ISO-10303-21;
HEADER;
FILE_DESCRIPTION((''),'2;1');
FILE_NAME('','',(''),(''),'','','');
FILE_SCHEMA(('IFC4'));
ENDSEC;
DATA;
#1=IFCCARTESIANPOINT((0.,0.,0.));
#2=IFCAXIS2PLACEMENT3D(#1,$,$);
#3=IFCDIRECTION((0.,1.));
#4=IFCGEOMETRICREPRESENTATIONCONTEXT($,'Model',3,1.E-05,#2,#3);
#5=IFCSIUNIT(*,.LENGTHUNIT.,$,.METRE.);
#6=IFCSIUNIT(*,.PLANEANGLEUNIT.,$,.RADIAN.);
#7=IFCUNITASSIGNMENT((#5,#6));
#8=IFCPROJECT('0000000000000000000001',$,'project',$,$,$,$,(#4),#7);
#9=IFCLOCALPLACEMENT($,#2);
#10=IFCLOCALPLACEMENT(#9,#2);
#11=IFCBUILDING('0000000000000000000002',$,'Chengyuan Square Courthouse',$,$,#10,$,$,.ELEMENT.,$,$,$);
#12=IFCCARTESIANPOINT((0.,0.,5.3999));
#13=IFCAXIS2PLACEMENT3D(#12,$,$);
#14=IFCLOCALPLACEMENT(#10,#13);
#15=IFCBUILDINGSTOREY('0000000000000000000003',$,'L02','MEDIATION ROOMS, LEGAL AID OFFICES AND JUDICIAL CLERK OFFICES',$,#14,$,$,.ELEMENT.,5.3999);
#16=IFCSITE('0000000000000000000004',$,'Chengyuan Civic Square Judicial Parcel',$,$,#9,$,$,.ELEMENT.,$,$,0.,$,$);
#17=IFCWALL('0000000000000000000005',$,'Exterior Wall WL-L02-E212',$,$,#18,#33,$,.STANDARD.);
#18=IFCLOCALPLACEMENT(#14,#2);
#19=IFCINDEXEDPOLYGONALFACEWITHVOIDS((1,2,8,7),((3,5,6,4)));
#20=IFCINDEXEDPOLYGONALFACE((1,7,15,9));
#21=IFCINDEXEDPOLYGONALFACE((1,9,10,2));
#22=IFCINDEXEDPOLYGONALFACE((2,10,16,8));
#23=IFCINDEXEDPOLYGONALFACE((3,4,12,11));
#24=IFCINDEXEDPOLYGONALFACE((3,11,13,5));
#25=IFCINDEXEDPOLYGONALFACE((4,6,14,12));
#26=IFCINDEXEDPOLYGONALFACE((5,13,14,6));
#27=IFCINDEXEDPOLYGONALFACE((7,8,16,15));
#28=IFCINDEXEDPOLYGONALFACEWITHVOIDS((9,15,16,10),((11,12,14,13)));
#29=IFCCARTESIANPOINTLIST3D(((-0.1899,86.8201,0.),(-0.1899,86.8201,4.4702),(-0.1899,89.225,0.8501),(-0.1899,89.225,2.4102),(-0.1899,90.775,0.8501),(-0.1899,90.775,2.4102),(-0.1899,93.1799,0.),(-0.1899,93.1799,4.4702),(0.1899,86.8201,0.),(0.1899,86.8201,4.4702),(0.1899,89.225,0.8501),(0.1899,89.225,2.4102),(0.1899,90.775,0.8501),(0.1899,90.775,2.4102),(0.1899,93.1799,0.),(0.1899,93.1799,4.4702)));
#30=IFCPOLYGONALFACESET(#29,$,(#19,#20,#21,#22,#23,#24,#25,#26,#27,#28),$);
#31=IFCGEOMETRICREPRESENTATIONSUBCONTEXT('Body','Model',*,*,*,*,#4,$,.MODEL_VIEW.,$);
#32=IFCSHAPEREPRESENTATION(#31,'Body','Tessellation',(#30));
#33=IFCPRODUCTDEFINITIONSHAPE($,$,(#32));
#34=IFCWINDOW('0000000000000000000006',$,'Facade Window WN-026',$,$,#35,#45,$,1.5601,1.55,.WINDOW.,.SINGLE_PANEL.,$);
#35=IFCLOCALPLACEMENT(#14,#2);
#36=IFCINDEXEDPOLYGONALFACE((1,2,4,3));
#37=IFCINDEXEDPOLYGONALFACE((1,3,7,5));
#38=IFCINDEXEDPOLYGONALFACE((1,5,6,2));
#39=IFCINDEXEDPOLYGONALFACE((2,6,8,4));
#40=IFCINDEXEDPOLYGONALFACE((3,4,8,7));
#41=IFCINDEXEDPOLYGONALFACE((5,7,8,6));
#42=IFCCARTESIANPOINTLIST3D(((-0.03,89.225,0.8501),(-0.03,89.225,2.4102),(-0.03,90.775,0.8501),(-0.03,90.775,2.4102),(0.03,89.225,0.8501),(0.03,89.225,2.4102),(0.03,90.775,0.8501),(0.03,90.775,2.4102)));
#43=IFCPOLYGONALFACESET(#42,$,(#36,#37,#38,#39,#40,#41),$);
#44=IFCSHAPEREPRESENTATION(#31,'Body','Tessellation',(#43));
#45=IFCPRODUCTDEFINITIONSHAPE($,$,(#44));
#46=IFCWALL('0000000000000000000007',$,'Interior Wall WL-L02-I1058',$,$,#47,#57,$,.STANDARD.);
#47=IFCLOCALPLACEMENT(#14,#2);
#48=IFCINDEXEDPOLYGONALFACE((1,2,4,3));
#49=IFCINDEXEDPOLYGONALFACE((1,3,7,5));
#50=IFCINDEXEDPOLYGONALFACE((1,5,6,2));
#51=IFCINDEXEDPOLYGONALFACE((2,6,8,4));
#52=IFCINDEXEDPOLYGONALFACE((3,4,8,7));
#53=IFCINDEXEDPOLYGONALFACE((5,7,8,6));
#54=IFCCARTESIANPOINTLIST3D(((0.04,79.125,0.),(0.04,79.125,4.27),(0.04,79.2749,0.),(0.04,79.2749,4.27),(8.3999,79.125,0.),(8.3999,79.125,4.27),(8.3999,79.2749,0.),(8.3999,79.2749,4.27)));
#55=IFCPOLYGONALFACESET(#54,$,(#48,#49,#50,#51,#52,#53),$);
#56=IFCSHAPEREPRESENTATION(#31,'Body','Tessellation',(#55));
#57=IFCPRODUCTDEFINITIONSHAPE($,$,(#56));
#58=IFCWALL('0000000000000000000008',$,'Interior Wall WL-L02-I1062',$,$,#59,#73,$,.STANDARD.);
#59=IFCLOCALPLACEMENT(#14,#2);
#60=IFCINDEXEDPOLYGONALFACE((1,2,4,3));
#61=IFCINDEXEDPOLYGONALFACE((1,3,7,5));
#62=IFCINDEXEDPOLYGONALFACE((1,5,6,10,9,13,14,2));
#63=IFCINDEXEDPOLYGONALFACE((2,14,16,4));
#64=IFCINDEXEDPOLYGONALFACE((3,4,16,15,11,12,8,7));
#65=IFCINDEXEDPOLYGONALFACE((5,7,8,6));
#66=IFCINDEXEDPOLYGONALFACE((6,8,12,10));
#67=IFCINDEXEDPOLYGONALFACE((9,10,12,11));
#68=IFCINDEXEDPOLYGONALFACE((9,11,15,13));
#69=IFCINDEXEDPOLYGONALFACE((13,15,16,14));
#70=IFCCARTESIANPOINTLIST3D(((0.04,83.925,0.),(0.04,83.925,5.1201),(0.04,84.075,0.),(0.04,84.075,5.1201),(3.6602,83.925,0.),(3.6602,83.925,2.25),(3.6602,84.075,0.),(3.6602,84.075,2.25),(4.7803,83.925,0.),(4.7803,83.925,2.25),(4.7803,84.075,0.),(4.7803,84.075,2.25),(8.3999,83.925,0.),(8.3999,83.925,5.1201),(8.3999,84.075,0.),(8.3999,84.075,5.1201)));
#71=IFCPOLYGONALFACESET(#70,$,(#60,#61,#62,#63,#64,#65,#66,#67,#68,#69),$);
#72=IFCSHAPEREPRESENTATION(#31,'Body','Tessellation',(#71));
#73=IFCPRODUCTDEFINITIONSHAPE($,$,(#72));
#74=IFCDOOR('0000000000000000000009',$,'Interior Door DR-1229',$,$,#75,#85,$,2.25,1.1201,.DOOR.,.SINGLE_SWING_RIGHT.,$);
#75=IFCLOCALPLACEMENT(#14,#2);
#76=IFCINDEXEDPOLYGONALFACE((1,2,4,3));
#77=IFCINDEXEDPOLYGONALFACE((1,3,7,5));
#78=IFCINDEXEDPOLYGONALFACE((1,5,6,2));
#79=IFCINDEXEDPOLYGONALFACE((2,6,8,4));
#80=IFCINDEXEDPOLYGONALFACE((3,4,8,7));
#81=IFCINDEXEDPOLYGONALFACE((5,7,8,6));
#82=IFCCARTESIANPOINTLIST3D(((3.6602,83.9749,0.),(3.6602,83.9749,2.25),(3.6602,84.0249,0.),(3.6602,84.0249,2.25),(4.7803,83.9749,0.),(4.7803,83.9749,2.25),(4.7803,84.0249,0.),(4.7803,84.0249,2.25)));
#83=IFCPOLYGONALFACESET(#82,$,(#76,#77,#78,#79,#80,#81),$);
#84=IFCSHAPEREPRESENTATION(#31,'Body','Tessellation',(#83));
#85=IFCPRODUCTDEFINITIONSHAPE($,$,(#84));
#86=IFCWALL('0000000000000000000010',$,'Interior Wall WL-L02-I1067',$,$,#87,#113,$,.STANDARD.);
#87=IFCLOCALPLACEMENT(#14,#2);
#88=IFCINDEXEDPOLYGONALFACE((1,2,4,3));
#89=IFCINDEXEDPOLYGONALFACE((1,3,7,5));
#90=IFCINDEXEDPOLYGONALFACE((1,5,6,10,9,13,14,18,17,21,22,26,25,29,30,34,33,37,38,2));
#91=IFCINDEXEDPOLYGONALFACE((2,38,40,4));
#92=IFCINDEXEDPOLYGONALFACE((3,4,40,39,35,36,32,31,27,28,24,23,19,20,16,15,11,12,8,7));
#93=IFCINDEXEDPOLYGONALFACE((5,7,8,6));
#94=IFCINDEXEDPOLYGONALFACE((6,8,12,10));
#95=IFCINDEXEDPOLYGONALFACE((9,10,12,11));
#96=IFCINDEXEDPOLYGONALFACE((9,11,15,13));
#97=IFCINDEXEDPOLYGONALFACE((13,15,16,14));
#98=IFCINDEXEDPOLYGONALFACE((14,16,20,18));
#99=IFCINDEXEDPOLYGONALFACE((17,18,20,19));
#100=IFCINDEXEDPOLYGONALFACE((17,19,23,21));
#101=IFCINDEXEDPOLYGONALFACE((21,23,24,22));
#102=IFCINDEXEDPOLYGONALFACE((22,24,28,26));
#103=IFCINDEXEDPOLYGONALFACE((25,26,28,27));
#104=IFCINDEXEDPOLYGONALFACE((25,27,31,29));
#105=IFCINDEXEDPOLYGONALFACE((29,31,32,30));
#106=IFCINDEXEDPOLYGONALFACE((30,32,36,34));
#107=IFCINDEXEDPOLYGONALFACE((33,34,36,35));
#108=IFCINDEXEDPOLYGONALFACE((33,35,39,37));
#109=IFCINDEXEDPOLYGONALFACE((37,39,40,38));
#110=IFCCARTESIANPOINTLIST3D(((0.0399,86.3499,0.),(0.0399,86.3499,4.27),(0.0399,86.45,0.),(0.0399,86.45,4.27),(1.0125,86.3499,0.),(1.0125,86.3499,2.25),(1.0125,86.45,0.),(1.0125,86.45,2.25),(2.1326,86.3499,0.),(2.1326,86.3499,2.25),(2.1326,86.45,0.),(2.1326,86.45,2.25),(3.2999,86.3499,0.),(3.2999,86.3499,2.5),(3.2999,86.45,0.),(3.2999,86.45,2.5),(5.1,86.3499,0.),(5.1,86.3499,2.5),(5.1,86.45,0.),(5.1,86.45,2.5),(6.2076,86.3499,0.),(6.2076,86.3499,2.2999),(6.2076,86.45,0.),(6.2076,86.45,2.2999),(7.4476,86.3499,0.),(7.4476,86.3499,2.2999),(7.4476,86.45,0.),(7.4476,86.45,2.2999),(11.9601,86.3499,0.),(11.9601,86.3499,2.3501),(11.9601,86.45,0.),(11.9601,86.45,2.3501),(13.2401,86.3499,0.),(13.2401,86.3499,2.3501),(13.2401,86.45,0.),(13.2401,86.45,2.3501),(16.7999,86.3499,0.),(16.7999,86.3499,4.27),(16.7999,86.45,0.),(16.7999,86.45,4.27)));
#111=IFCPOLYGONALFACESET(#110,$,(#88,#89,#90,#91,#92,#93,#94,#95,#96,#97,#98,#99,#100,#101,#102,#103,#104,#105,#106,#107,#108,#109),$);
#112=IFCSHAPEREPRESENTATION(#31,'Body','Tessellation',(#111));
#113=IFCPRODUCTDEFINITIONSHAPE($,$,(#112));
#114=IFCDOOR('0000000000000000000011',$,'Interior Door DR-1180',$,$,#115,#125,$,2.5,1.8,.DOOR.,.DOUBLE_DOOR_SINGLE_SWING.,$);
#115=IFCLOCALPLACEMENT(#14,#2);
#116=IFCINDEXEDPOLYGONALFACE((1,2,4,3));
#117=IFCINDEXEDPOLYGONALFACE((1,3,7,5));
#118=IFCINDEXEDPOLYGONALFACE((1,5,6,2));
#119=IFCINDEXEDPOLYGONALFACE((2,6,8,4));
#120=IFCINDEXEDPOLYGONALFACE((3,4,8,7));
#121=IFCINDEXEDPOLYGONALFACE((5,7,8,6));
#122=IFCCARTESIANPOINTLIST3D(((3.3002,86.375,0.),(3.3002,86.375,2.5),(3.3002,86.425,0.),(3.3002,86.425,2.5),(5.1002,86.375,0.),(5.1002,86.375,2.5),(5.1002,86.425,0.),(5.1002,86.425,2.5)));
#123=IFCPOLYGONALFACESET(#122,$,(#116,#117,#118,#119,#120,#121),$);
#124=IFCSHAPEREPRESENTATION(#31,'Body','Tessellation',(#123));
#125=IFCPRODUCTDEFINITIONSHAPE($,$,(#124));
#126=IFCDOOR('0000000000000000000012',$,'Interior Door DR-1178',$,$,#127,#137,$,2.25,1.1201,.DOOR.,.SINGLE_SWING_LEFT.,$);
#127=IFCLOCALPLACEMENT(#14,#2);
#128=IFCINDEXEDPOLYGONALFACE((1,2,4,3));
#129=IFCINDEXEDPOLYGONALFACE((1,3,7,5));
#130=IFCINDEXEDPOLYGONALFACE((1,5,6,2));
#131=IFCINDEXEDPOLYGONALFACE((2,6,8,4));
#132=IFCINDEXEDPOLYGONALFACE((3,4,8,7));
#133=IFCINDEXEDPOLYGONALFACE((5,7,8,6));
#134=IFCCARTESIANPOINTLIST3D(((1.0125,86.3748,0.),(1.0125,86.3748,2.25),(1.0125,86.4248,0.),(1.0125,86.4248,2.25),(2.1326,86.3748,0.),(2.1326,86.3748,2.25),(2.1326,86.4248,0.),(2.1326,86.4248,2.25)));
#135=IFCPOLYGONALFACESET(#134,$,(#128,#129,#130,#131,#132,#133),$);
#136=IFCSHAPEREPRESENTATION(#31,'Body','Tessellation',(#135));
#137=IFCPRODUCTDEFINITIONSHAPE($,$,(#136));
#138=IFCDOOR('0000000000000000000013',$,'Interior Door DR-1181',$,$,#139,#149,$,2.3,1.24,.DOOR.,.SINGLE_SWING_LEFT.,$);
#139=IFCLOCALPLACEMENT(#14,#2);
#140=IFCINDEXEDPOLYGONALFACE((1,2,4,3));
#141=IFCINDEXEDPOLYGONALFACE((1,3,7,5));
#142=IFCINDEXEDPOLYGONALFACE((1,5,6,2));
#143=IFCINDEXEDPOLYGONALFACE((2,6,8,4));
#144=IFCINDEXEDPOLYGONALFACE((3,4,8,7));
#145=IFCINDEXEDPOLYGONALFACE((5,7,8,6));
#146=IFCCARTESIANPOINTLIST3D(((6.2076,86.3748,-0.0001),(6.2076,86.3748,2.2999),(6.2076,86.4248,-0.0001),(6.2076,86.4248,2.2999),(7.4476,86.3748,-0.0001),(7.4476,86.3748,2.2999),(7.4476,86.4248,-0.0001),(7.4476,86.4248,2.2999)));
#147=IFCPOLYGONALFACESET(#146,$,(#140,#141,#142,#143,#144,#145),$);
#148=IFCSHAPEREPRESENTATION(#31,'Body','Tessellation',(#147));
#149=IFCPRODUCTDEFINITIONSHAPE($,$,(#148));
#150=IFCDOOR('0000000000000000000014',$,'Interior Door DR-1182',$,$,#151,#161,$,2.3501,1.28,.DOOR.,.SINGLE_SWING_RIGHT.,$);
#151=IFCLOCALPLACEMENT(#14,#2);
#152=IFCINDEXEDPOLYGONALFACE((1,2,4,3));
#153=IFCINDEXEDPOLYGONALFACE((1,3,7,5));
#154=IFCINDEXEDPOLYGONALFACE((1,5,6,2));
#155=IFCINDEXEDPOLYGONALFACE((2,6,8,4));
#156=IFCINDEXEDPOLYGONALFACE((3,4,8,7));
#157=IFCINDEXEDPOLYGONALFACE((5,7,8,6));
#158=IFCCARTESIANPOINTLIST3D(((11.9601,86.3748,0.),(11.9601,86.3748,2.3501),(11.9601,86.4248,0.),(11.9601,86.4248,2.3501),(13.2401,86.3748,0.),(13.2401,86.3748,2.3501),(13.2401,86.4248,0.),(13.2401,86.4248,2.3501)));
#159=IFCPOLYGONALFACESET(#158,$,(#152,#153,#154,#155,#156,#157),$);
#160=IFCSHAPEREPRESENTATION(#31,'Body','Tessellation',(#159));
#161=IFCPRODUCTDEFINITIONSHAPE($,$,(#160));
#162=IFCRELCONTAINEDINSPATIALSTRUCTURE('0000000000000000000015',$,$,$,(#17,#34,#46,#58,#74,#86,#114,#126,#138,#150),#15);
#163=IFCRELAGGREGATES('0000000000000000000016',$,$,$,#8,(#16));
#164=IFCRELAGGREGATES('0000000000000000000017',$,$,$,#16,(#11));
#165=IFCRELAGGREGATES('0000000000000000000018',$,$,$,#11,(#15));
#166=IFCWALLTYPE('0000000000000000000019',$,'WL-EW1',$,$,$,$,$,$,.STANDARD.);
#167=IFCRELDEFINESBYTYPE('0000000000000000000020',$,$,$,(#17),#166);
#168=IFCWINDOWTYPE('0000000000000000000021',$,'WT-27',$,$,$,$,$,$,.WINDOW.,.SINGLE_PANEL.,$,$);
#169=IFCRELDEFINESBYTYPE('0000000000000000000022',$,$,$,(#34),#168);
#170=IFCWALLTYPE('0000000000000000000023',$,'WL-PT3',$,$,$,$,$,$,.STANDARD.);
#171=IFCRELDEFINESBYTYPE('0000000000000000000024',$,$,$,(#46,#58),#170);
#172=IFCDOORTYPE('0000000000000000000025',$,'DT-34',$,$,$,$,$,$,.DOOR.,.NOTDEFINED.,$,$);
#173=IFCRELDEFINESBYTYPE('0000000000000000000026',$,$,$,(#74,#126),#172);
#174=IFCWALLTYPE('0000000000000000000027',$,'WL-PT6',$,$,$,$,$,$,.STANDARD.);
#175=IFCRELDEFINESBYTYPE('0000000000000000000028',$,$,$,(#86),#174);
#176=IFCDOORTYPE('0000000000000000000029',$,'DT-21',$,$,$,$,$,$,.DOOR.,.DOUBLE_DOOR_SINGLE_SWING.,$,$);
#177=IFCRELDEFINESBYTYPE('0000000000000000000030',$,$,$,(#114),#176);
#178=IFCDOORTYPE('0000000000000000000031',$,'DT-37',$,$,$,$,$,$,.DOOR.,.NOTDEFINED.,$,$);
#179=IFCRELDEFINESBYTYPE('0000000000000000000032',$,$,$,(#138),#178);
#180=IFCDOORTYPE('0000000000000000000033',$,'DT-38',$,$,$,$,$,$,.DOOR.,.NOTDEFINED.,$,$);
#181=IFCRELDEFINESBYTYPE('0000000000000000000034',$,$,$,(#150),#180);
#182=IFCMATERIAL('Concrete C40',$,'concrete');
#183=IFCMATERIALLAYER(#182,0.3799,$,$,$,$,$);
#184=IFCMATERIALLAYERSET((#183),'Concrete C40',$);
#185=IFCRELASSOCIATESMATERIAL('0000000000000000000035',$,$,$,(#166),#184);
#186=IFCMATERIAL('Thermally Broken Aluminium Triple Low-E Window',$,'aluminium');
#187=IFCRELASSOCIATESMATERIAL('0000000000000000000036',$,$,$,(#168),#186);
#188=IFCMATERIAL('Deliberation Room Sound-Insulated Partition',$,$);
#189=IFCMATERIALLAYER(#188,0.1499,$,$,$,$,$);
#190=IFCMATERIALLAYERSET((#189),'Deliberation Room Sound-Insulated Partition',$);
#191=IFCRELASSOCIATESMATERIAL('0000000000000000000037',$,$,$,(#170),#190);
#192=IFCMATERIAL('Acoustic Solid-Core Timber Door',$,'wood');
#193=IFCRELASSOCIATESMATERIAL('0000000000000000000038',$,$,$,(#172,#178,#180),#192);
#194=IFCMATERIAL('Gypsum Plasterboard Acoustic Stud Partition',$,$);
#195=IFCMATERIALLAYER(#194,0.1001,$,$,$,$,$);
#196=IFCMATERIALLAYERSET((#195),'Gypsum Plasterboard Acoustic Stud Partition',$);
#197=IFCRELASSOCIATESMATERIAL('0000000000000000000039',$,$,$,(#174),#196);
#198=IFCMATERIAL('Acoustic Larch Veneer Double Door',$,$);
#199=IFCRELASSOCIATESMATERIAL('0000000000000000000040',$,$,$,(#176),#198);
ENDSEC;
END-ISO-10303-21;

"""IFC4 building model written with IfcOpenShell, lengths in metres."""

from ifc_helpers import new_model, si_unit, direction, frame, frame_2d, origin, place, context, subcontext, project, spatial, rectangle, extrude, material, layer, layer_set, type_object, element, fill, save


model = new_model("IFC4")

# Units and contexts
model_context = context("Model", 3, precision=1e-05, world=origin(), true_north=direction((0.0, 1.0)))
body_context = subcontext(model_context, "Body", "Model", "MODEL_VIEW")
ifc_project = project(units=[si_unit("LENGTHUNIT", "METRE"), si_unit("PLANEANGLEUNIT", "RADIAN")], contexts=[model_context])

# Site, building, storey
site_placement = place(None, origin())
site = spatial("IfcSite", under=ifc_project, at=site_placement, Name="Chengyuan Civic Square Judicial Parcel", CompositionType="ELEMENT", RefElevation=0.0)
building_placement = place(site_placement, origin())
building = spatial("IfcBuilding", under=site, at=building_placement, Name="Chengyuan Square Courthouse", CompositionType="ELEMENT")
storey_placement = place(building_placement, frame((0.0, 0.0, 5.3999)))
storey = spatial("IfcBuildingStorey", under=building, at=storey_placement, Name="L02", Description="MEDIATION ROOMS, LEGAL AID OFFICES AND JUDICIAL CLERK OFFICES", CompositionType="ELEMENT", Elevation=5.3999)

# Shared definitions
ifc_material_1 = material(Name="Concrete C40", Category="concrete")

# Wall, opening, window
ifc_layer_1 = layer(ifc_material_1, 0.3799)
ifc_layer_set_1 = layer_set([ifc_layer_1], Name="Concrete C40")
wall_type_1 = type_object("IfcWallType", Name="WL-EW1", PredefinedType="STANDARD", material=ifc_layer_set_1)
ifc_material_2 = material(Name="Thermally Broken Aluminium Triple Low-E Window", Category="aluminium")
wall_1_placement = place(storey_placement, frame((0.0, 86.8201, 0.0), z_axis=(0.0, 0.0, 1.0), x_axis=(0.0, 1.0, 0.0)))
wall_1 = element("IfcWall", 1, at=wall_1_placement, inside=storey, type_object=wall_type_1, Name="Exterior Wall WL-L02-E212", PredefinedType="STANDARD", context=body_context, shape_type="SweptSolid", body=[
    extrude(rectangle(XDim=6.3599, YDim=0.3799, at=frame_2d((3.1799, 0.0))), origin(), (0.0, 0.0, 1.0), 4.4702),
])
opening_1_placement = place(wall_1_placement, frame((2.405, 0.0, 0.8501)))
opening_1 = element("IfcOpeningElement", 2, at=opening_1_placement, cuts=wall_1, PredefinedType="OPENING", context=body_context, shape_type="SweptSolid", body=[
    extrude(rectangle(XDim=1.55, YDim=1.5601, at=frame_2d((0.7749, 0.78))), frame((0.0, 0.2019, 0.0), z_axis=(0.0, -1.0, 0.0), x_axis=(1.0, 0.0, 0.0)), (0.0, 0.0, 1.0), 0.4038),
])
window_type_1 = type_object("IfcWindowType", Name="WT-27", PartitioningType="SINGLE_PANEL", PredefinedType="WINDOW", material=ifc_material_2)
window_1_placement = place(opening_1_placement, origin())
window_1 = element("IfcWindow", 3, at=window_1_placement, inside=storey, type_object=window_type_1, Name="Facade Window WN-026", OverallHeight=1.5601, OverallWidth=1.55, PartitioningType="SINGLE_PANEL", PredefinedType="WINDOW", context=body_context, shape_type="SweptSolid", body=[
    extrude(rectangle(XDim=1.55, YDim=1.5601, at=frame_2d((0.7749, 0.78))), frame((0.0, 0.03, 0.0), z_axis=(0.0, -1.0, 0.0), x_axis=(1.0, 0.0, 0.0)), (0.0, 0.0, 1.0), 0.0601),
])
fill(opening_1, window_1)

# Wall
ifc_material_3 = material(Name="Deliberation Room Sound-Insulated Partition")
ifc_layer_2 = layer(ifc_material_3, 0.1499)
ifc_layer_set_2 = layer_set([ifc_layer_2], Name="Deliberation Room Sound-Insulated Partition")
wall_type_2 = type_object("IfcWallType", Name="WL-PT3", PredefinedType="STANDARD", material=ifc_layer_set_2)
wall_2_placement = place(storey_placement, frame((0.04, 79.2, 0.0), z_axis=(0.0, 0.0, 1.0), x_axis=(1.0, 0.0, 0.0)))
element("IfcWall", 4, at=wall_2_placement, inside=storey, type_object=wall_type_2, Name="Interior Wall WL-L02-I1058", PredefinedType="STANDARD", context=body_context, shape_type="SweptSolid", body=[
    extrude(rectangle(XDim=8.3599, YDim=0.1499, at=frame_2d((4.1799, 0.0))), origin(), (0.0, 0.0, 1.0), 4.27),
])

# Wall, opening, door
wall_3_placement = place(storey_placement, frame((0.04, 84.0, 0.0), z_axis=(0.0, 0.0, 1.0), x_axis=(1.0, 0.0, 0.0)))
wall_3 = element("IfcWall", 5, at=wall_3_placement, inside=storey, type_object=wall_type_2, Name="Interior Wall WL-L02-I1062", PredefinedType="STANDARD", context=body_context, shape_type="SweptSolid", body=[
    extrude(rectangle(XDim=8.3599, YDim=0.1499, at=frame_2d((4.1799, 0.0))), origin(), (0.0, 0.0, 1.0), 5.1201),
])
opening_2_placement = place(wall_3_placement, frame((3.6201, 0.0, 0.0)))
opening_2 = element("IfcOpeningElement", 6, at=opening_2_placement, cuts=wall_3, PredefinedType="OPENING", context=body_context, shape_type="SweptSolid", body=[
    extrude(rectangle(XDim=1.1201, YDim=2.25, at=frame_2d((0.5601, 1.125))), frame((0.0, 0.0869, 0.0), z_axis=(0.0, -1.0, 0.0), x_axis=(1.0, 0.0, 0.0)), (0.0, 0.0, 1.0), 0.1738),
])
ifc_material_4 = material(Name="Acoustic Solid-Core Timber Door", Category="wood")
door_type_1 = type_object("IfcDoorType", Name="DT-34", OperationType="NOTDEFINED", PredefinedType="DOOR", material=ifc_material_4)
door_1_placement = place(opening_2_placement, origin())
door_1 = element("IfcDoor", 7, at=door_1_placement, inside=storey, type_object=door_type_1, Name="Interior Door DR-1229", OperationType="SINGLE_SWING_RIGHT", OverallHeight=2.25, OverallWidth=1.1201, PredefinedType="DOOR", context=body_context, shape_type="SweptSolid", body=[
    extrude(rectangle(XDim=1.1201, YDim=2.25, at=frame_2d((0.5601, 1.125))), frame((0.0, 0.0249, 0.0), z_axis=(0.0, -1.0, 0.0), x_axis=(1.0, 0.0, 0.0)), (0.0, 0.0, 1.0), 0.05),
])
fill(opening_2, door_1)

# Wall, openings, doors
ifc_material_5 = material(Name="Gypsum Plasterboard Acoustic Stud Partition")
ifc_layer_3 = layer(ifc_material_5, 0.1001)
ifc_layer_set_3 = layer_set([ifc_layer_3], Name="Gypsum Plasterboard Acoustic Stud Partition")
wall_type_3 = type_object("IfcWallType", Name="WL-PT6", PredefinedType="STANDARD", material=ifc_layer_set_3)
wall_4_placement = place(storey_placement, frame((0.04, 86.3999, 0.0), z_axis=(0.0, 0.0, 1.0), x_axis=(1.0, 0.0, 0.0)))
wall_4 = element("IfcWall", 8, at=wall_4_placement, inside=storey, type_object=wall_type_3, Name="Interior Wall WL-L02-I1067", PredefinedType="STANDARD", context=body_context, shape_type="SweptSolid", body=[
    extrude(rectangle(XDim=16.76, YDim=0.1001, at=frame_2d((8.3799, 0.0))), origin(), (0.0, 0.0, 1.0), 4.27),
])
opening_3_placement = place(wall_4_placement, frame((0.9724, 0.0, 0.0)))
opening_3 = element("IfcOpeningElement", 9, at=opening_3_placement, cuts=wall_4, PredefinedType="OPENING", context=body_context, shape_type="SweptSolid", body=[
    extrude(rectangle(XDim=1.1201, YDim=2.25, at=frame_2d((0.5601, 1.125))), frame((0.0, 0.062, 0.0), z_axis=(0.0, -1.0, 0.0), x_axis=(1.0, 0.0, 0.0)), (0.0, 0.0, 1.0), 0.124),
])
opening_4_placement = place(wall_4_placement, frame((3.26, 0.0, 0.0)))
opening_4 = element("IfcOpeningElement", 10, at=opening_4_placement, cuts=wall_4, PredefinedType="OPENING", context=body_context, shape_type="SweptSolid", body=[
    extrude(rectangle(XDim=1.8, YDim=2.5, at=frame_2d((0.8999, 1.25))), frame((0.0, 0.062, 0.0), z_axis=(0.0, -1.0, 0.0), x_axis=(1.0, 0.0, 0.0)), (0.0, 0.0, 1.0), 0.124),
])
opening_5_placement = place(wall_4_placement, frame((6.1675, 0.0, 0.0)))
opening_5 = element("IfcOpeningElement", 11, at=opening_5_placement, cuts=wall_4, PredefinedType="OPENING", context=body_context, shape_type="SweptSolid", body=[
    extrude(rectangle(XDim=1.24, YDim=2.3, at=frame_2d((0.6201, 1.1499))), frame((0.0, 0.062, 0.0), z_axis=(0.0, -1.0, 0.0), x_axis=(1.0, 0.0, 0.0)), (0.0, 0.0, 1.0), 0.124),
])
opening_6_placement = place(wall_4_placement, frame((11.9199, 0.0, 0.0)))
opening_6 = element("IfcOpeningElement", 12, at=opening_6_placement, cuts=wall_4, PredefinedType="OPENING", context=body_context, shape_type="SweptSolid", body=[
    extrude(rectangle(XDim=1.28, YDim=2.3501, at=frame_2d((0.6401, 1.175))), frame((0.0, 0.062, 0.0), z_axis=(0.0, -1.0, 0.0), x_axis=(1.0, 0.0, 0.0)), (0.0, 0.0, 1.0), 0.124),
])
ifc_material_6 = material(Name="Acoustic Larch Veneer Double Door")
door_type_2 = type_object("IfcDoorType", Name="DT-21", OperationType="DOUBLE_DOOR_SINGLE_SWING", PredefinedType="DOOR", material=ifc_material_6)
door_2_placement = place(opening_4_placement, frame((1.8, 0.0, 0.0), z_axis=(0.0, 0.0, 1.0), x_axis=(-1.0, 0.0, 0.0)))
door_2 = element("IfcDoor", 13, at=door_2_placement, inside=storey, type_object=door_type_2, Name="Interior Door DR-1180", OperationType="DOUBLE_DOOR_SINGLE_SWING", OverallHeight=2.5, OverallWidth=1.8, PredefinedType="DOOR", context=body_context, shape_type="SweptSolid", body=[
    extrude(rectangle(XDim=1.8, YDim=2.5, at=frame_2d((0.8999, 1.25))), frame((0.0, 0.0249, 0.0), z_axis=(0.0, -1.0, 0.0), x_axis=(1.0, 0.0, 0.0)), (0.0, 0.0, 1.0), 0.05),
])
fill(opening_4, door_2)
door_3_placement = place(opening_3_placement, origin())
door_3 = element("IfcDoor", 14, at=door_3_placement, inside=storey, type_object=door_type_1, Name="Interior Door DR-1178", OperationType="SINGLE_SWING_LEFT", OverallHeight=2.25, OverallWidth=1.1201, PredefinedType="DOOR", context=body_context, shape_type="SweptSolid", body=[
    extrude(rectangle(XDim=1.1201, YDim=2.25, at=frame_2d((0.5601, 1.125))), frame((0.0, 0.0249, 0.0), z_axis=(0.0, -1.0, 0.0), x_axis=(1.0, 0.0, 0.0)), (0.0, 0.0, 1.0), 0.05),
])
fill(opening_3, door_3)
door_type_3 = type_object("IfcDoorType", Name="DT-37", OperationType="NOTDEFINED", PredefinedType="DOOR", material=ifc_material_4)
door_4_placement = place(opening_5_placement, origin())
door_4 = element("IfcDoor", 15, at=door_4_placement, inside=storey, type_object=door_type_3, Name="Interior Door DR-1181", OperationType="SINGLE_SWING_LEFT", OverallHeight=2.3, OverallWidth=1.24, PredefinedType="DOOR", context=body_context, shape_type="SweptSolid", body=[
    extrude(rectangle(XDim=1.24, YDim=2.3, at=frame_2d((0.6201, 1.1499))), frame((0.0, 0.0249, 0.0), z_axis=(0.0, -1.0, 0.0), x_axis=(1.0, 0.0, 0.0)), (0.0, 0.0, 1.0), 0.05),
])
fill(opening_5, door_4)
door_type_4 = type_object("IfcDoorType", Name="DT-38", OperationType="NOTDEFINED", PredefinedType="DOOR", material=ifc_material_4)
door_5_placement = place(opening_6_placement, origin())
door_5 = element("IfcDoor", 16, at=door_5_placement, inside=storey, type_object=door_type_4, Name="Interior Door DR-1182", OperationType="SINGLE_SWING_RIGHT", OverallHeight=2.3501, OverallWidth=1.28, PredefinedType="DOOR", context=body_context, shape_type="SweptSolid", body=[
    extrude(rectangle(XDim=1.28, YDim=2.3501, at=frame_2d((0.6401, 1.175))), frame((0.0, 0.0249, 0.0), z_axis=(0.0, -1.0, 0.0), x_axis=(1.0, 0.0, 0.0)), (0.0, 0.0, 1.0), 0.05),
])
fill(opening_6, door_5)

save(model, "model.ifc")
